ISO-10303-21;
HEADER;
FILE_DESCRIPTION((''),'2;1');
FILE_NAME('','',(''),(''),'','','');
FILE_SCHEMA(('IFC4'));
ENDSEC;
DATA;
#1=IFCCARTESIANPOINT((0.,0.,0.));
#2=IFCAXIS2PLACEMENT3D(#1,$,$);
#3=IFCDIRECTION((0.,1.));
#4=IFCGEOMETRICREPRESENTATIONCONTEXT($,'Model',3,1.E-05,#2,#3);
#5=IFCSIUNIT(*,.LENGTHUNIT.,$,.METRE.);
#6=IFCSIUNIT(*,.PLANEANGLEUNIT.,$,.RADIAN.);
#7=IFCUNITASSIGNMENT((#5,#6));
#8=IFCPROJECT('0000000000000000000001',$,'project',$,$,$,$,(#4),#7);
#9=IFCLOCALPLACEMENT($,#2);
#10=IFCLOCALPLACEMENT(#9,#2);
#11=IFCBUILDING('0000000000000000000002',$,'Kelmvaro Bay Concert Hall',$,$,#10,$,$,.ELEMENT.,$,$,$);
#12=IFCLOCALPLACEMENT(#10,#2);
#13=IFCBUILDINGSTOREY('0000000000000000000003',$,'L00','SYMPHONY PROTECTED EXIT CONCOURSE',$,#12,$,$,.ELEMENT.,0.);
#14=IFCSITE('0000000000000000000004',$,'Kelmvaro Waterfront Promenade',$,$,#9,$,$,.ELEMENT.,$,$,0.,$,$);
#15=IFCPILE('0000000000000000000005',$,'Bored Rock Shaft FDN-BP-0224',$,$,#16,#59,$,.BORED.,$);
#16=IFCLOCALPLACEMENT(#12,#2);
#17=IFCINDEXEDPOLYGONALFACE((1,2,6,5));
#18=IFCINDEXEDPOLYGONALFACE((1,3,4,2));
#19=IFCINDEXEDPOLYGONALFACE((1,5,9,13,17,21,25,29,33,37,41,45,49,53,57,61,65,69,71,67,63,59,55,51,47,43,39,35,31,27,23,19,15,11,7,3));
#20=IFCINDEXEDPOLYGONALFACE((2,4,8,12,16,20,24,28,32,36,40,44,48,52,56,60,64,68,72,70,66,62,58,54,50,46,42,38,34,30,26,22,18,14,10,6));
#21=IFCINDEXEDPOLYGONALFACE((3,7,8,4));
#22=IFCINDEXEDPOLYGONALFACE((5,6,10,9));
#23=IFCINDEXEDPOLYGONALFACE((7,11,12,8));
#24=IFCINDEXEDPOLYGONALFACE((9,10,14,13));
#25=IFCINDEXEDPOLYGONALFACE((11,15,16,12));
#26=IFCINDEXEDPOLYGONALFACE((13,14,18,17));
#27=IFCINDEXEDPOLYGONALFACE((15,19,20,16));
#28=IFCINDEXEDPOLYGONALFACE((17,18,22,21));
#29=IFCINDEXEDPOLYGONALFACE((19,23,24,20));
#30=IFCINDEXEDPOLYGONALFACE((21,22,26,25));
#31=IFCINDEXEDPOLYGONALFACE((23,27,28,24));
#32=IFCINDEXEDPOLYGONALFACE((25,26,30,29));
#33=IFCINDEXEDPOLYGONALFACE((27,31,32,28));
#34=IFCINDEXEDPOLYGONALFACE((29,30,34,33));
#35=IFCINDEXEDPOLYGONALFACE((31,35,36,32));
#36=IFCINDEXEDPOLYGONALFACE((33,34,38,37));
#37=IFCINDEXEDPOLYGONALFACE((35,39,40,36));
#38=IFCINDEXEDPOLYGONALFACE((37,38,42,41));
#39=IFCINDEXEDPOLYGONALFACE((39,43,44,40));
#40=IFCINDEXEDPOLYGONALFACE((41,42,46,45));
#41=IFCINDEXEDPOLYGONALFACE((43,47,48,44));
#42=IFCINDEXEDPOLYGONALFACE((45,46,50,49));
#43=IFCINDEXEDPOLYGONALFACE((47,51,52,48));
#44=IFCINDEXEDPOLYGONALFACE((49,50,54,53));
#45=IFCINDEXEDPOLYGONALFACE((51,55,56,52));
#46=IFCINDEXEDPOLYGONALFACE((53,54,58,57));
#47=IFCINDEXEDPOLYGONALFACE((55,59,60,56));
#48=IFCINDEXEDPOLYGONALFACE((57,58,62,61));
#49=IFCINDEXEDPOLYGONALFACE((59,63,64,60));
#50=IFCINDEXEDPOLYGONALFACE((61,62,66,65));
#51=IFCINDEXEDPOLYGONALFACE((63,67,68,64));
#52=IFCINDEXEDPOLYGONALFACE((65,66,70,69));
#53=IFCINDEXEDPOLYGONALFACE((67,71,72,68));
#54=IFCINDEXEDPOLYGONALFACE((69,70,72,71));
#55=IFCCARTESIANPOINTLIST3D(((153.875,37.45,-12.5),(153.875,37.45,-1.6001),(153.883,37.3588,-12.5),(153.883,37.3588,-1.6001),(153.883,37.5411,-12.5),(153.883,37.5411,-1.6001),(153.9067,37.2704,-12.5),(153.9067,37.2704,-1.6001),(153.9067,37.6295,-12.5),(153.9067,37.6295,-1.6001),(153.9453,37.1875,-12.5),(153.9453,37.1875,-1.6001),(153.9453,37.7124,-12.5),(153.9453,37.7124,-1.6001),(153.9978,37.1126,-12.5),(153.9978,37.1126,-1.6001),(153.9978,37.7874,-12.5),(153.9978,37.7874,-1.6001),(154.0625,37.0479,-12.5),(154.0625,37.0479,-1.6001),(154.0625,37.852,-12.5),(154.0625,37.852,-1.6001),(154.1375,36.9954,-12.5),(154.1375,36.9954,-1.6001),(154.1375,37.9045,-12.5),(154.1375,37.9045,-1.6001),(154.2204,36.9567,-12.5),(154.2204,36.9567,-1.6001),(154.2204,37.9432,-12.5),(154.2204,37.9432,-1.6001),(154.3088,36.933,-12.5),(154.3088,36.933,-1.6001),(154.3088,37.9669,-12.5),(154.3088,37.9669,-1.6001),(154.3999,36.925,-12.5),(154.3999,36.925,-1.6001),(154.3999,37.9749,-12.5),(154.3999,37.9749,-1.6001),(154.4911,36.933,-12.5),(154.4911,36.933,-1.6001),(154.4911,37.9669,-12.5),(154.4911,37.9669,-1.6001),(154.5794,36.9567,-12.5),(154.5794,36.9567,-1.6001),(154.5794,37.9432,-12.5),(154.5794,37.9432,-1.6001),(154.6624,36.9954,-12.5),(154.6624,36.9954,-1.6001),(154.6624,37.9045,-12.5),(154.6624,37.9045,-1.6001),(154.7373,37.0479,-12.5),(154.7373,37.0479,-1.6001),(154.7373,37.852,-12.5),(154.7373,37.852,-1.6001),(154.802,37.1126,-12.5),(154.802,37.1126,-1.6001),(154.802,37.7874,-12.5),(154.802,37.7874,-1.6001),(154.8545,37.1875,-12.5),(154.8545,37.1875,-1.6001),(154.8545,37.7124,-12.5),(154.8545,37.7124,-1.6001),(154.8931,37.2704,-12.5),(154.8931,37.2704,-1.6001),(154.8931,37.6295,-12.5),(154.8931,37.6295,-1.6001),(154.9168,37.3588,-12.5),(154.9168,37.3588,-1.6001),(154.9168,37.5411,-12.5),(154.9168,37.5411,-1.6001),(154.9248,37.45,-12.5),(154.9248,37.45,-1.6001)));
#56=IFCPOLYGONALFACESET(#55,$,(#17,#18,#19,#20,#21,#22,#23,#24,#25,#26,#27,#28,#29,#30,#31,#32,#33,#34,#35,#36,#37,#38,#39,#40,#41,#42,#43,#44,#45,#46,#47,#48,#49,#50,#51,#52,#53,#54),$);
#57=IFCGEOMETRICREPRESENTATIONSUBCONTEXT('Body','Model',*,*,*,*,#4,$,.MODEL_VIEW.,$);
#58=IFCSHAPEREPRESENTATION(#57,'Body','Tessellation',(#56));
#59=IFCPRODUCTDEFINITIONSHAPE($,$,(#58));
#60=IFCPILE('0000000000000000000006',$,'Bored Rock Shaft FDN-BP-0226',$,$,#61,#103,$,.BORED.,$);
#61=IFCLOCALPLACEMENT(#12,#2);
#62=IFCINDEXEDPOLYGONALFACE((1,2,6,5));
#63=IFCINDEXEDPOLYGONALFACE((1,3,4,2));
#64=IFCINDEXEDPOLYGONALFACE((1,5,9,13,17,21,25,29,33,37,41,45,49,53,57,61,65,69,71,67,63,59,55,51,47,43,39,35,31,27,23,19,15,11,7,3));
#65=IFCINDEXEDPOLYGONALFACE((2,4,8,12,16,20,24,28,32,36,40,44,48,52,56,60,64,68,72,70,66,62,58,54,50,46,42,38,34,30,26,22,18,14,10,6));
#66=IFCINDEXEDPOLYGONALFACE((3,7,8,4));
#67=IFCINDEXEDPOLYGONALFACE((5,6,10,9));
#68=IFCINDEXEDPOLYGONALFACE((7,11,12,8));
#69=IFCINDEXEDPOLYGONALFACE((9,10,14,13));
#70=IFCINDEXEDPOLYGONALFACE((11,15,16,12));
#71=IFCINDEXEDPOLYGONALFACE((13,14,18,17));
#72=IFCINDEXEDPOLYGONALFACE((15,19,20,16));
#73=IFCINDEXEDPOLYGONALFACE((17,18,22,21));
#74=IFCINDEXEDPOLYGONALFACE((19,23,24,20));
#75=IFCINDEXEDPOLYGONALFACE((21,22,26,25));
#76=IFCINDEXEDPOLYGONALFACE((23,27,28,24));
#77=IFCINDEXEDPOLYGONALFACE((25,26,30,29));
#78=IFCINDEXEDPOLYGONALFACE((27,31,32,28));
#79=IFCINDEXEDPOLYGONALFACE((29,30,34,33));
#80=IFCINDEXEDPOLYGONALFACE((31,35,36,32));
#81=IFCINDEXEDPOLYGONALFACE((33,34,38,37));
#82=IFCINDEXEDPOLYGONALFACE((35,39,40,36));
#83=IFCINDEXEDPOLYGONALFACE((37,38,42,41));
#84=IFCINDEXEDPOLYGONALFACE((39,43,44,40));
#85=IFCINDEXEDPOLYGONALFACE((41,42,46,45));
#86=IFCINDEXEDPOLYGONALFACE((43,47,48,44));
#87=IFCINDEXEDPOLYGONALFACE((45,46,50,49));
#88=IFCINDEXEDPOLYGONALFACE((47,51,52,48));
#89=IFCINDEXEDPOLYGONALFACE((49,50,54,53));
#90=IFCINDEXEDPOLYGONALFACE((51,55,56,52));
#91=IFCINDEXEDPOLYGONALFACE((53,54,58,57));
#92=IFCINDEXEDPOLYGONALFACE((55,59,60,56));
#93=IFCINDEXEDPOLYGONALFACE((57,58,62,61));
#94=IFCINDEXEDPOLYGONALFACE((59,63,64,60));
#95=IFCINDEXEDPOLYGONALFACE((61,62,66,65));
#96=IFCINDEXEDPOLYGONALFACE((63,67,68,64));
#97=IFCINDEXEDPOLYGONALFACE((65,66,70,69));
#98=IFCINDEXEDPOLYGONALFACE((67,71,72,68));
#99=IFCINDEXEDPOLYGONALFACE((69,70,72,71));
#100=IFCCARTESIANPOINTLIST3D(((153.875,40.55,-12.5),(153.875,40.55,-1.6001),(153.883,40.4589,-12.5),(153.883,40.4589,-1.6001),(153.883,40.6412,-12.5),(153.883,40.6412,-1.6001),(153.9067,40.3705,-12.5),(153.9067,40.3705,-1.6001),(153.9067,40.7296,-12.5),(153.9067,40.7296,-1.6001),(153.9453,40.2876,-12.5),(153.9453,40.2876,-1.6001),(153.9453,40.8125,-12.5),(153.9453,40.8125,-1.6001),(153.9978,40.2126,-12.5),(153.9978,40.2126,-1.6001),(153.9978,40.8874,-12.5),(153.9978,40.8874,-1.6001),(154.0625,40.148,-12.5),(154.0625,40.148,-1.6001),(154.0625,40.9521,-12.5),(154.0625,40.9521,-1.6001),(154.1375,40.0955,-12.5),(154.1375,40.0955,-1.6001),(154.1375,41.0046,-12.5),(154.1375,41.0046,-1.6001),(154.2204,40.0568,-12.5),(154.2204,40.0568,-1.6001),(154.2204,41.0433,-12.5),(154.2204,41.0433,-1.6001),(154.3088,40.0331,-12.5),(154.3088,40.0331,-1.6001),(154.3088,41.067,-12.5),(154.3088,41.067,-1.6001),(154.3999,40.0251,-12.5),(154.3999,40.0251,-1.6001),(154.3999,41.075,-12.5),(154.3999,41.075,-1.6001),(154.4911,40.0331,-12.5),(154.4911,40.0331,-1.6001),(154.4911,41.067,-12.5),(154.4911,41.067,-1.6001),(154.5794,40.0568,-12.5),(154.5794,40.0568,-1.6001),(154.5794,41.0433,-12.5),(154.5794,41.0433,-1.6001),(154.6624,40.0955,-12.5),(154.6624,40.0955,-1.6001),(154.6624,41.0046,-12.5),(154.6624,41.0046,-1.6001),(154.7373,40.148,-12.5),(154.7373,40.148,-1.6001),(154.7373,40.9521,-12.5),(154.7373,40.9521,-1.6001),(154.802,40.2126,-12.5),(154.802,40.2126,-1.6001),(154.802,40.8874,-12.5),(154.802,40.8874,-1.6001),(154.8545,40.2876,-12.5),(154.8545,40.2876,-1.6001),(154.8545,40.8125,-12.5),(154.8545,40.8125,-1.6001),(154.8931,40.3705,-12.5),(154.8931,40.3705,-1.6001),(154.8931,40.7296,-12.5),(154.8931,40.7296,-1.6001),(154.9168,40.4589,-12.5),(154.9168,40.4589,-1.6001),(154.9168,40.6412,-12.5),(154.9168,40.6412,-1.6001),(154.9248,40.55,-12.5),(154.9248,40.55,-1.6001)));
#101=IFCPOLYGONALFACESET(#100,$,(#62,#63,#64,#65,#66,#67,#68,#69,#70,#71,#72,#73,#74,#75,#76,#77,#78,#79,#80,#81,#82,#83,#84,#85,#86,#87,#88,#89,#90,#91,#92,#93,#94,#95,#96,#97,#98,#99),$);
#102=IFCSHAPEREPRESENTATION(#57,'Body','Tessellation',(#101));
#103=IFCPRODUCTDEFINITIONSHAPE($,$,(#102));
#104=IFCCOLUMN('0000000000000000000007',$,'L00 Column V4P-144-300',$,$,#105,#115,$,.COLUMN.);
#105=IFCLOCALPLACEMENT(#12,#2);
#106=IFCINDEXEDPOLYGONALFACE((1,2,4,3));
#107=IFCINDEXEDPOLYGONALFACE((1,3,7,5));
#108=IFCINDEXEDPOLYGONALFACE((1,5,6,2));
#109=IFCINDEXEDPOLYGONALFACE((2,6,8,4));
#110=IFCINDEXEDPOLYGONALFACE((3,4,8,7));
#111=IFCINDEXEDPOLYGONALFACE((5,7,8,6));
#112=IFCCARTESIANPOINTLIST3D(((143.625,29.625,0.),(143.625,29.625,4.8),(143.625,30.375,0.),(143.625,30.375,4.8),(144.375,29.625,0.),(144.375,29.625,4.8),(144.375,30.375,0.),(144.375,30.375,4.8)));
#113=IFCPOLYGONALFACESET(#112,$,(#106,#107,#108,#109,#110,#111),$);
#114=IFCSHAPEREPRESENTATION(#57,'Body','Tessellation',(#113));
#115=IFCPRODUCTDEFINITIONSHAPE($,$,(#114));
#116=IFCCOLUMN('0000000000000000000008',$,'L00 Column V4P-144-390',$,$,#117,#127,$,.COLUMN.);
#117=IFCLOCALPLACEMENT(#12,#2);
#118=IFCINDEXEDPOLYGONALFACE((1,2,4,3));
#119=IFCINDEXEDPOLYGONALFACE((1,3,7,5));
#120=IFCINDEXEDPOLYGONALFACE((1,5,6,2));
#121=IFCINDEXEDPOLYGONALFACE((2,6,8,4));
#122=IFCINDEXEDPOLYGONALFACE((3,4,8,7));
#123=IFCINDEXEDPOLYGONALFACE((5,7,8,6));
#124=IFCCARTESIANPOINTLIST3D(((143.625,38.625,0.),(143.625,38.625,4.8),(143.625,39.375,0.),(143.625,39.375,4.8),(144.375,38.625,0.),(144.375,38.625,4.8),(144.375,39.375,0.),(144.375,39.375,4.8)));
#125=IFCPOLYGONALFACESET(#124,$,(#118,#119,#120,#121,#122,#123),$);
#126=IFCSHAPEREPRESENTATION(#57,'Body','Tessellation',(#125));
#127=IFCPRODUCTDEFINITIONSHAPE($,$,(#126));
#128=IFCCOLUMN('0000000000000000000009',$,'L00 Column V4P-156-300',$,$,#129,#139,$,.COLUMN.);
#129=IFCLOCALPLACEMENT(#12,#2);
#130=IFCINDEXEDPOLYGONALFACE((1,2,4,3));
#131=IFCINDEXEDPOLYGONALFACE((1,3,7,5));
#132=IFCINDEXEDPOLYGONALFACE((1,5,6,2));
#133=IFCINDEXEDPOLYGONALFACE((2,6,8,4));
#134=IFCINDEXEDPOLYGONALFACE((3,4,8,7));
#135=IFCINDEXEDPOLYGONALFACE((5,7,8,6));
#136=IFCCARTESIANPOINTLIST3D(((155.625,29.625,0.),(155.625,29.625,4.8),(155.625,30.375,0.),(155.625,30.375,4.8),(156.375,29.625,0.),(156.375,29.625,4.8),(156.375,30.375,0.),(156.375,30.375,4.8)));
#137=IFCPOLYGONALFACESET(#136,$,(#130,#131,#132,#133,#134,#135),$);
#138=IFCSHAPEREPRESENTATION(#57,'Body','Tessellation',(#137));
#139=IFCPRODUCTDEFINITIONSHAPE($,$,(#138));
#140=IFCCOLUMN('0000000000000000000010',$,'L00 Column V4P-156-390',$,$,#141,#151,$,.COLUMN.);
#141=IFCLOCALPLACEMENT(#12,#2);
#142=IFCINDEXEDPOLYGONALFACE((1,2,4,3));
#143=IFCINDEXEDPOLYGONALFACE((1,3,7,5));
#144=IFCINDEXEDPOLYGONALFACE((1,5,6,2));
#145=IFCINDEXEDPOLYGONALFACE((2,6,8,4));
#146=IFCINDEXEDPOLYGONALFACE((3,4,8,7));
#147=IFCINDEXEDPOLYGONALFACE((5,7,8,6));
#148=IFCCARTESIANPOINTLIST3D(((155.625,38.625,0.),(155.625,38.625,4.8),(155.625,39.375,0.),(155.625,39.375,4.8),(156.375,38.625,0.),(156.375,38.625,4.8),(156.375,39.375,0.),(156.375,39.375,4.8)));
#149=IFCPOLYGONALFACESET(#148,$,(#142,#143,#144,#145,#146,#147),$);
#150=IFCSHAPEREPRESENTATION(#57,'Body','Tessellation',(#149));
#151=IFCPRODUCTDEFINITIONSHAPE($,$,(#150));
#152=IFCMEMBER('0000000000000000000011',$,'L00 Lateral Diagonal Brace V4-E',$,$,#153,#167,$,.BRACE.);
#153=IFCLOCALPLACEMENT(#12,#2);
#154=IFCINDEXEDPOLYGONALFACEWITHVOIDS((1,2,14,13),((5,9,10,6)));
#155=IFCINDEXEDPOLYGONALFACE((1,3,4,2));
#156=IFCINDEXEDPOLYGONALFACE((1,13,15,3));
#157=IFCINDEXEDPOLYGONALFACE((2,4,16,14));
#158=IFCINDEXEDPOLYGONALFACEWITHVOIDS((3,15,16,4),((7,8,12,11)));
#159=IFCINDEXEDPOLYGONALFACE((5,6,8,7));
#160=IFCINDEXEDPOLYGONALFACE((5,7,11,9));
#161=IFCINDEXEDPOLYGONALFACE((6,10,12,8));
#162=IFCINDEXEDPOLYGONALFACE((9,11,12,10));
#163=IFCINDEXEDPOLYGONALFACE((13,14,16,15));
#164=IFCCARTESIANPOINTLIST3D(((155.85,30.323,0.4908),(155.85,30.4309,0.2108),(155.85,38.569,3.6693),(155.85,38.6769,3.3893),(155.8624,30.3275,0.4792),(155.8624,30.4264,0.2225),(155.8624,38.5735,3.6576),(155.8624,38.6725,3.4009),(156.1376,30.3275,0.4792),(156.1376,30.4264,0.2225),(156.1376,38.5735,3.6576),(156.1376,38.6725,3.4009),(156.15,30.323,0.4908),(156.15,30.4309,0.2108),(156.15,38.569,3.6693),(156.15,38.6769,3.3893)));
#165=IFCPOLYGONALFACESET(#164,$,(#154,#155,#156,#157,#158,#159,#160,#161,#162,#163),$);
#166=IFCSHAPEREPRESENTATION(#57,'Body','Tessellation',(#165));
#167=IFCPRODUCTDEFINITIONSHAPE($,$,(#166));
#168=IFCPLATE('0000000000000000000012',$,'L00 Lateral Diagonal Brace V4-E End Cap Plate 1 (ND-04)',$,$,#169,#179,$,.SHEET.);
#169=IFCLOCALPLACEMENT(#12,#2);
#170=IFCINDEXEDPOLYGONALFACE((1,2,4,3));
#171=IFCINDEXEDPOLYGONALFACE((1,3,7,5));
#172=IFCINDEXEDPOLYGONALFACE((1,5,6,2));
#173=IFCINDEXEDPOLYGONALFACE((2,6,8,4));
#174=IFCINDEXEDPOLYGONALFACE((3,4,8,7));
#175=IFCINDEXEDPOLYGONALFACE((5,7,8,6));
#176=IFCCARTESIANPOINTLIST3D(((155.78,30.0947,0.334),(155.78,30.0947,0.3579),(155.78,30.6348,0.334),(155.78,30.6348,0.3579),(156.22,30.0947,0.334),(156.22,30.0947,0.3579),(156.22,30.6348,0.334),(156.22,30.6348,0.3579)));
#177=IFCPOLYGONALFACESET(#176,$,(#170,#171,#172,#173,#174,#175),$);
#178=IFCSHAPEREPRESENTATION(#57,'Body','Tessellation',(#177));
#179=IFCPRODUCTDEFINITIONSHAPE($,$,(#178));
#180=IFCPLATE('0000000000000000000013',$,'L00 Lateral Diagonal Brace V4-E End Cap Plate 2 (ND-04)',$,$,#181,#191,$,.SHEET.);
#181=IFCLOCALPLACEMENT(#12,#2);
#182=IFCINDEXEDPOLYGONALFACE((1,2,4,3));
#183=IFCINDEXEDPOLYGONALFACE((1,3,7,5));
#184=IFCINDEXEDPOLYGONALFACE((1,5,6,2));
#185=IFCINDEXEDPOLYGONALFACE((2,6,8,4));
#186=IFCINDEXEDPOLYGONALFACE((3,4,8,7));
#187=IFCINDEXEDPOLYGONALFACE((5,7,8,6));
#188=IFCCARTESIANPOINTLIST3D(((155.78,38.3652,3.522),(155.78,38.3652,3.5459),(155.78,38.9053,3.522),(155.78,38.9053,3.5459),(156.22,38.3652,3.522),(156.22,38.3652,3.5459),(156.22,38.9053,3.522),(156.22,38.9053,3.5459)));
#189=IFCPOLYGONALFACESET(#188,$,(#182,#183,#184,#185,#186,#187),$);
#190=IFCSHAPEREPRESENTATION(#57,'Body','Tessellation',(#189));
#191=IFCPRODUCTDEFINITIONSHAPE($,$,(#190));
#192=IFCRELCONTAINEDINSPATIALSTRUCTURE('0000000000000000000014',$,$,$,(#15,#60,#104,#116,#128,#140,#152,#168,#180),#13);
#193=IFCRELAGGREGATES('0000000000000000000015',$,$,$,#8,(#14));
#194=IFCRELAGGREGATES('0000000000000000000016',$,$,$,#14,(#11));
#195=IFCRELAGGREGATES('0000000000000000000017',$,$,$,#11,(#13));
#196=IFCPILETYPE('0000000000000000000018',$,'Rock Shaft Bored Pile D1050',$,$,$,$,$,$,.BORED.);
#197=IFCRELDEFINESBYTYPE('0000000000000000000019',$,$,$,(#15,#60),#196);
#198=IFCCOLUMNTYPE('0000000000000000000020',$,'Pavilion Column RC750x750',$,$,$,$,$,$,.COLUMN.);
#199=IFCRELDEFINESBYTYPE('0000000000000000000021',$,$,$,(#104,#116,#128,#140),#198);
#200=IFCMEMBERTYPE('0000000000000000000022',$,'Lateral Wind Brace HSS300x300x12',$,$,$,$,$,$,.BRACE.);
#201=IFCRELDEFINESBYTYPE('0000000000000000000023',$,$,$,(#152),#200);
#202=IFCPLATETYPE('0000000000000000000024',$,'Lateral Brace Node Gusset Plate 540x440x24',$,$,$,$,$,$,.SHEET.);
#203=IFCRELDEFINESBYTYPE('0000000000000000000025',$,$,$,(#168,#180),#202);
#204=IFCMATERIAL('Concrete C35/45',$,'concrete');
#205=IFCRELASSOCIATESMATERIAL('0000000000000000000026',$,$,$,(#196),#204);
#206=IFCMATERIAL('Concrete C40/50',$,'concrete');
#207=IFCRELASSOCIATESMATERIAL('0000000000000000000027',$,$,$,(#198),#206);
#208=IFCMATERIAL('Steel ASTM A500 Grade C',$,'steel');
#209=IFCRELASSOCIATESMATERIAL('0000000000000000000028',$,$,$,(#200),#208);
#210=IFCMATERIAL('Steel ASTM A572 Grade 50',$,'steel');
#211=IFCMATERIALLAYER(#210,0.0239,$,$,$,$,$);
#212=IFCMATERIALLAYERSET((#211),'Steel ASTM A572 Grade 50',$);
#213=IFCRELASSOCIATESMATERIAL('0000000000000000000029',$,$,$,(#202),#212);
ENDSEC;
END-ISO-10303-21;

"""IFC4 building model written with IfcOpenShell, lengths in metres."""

from ifc_helpers import new_model, si_unit, direction, frame, origin, origin_2d, place, context, subcontext, project, spatial, rectangle, hollow_rectangle, circle, extrude, material, layer, layer_set, material_profile, profile_set, type_object, element, save


model = new_model("IFC4")

# Units and contexts
model_context = context("Model", 3, precision=1e-05, world=origin(), true_north=direction((0.0, 1.0)))
body_context = subcontext(model_context, "Body", "Model", "MODEL_VIEW")
ifc_project = project(units=[si_unit("LENGTHUNIT", "METRE"), si_unit("PLANEANGLEUNIT", "RADIAN")], contexts=[model_context])

# Site, building, storey
site_placement = place(None, origin())
site = spatial("IfcSite", under=ifc_project, at=site_placement, Name="Kelmvaro Waterfront Promenade", CompositionType="ELEMENT", RefElevation=0.0)
building_placement = place(site_placement, origin())
building = spatial("IfcBuilding", under=site, at=building_placement, Name="Kelmvaro Bay Concert Hall", CompositionType="ELEMENT")
storey_placement = place(building_placement, origin())
storey = spatial("IfcBuildingStorey", under=building, at=storey_placement, Name="L00", Description="SYMPHONY PROTECTED EXIT CONCOURSE", CompositionType="ELEMENT", Elevation=0.0)

# Piles
ifc_material_1 = material(Name="Concrete C35/45", Category="concrete")
ifc_material_profile_1 = material_profile(ifc_material_1, circle(Radius=0.5249, at=origin_2d()), Name="PILE-BORED-1050")
ifc_profile_set_1 = profile_set([ifc_material_profile_1], Name="Concrete C35/45")
pile_type = type_object("IfcPileType", Name="Rock Shaft Bored Pile D1050", PredefinedType="BORED", material=ifc_profile_set_1)
for number, where, z_axis, x_axis, name in (
    (1, (154.3999, 37.45, -1.6001), (0.0, 0.0, -1.0), (1.0, 0.0, 0.0), "Bored Rock Shaft FDN-BP-0224"),
    (2, (154.3999, 40.55, -1.6001), (0.0, 0.0, -1.0), (1.0, 0.0, 0.0), "Bored Rock Shaft FDN-BP-0226"),
):
    element("IfcPile", number, at=place(storey_placement, frame(where, z_axis=z_axis, x_axis=x_axis)), inside=storey, type_object=pile_type, Name=name, PredefinedType="BORED", context=body_context, shape_type="SweptSolid", body=[
        extrude(circle(Radius=0.5249, at=origin_2d()), origin(), (0.0, 0.0, 1.0), 10.8999),
    ])

# Columns
ifc_material_2 = material(Name="Concrete C40/50", Category="concrete")
ifc_material_profile_2 = material_profile(ifc_material_2, rectangle(XDim=0.75, YDim=0.75, at=origin_2d()), Name="RC-COL-750X750")
ifc_profile_set_2 = profile_set([ifc_material_profile_2], Name="Concrete C40/50")
column_type = type_object("IfcColumnType", Name="Pavilion Column RC750x750", PredefinedType="COLUMN", material=ifc_profile_set_2)
for number, where, z_axis, x_axis, name in (
    (3, (144.0, 30.0, 0.0), (0.0, 0.0, 1.0), (1.0, 0.0, 0.0), "L00 Column V4P-144-300"),
    (4, (144.0, 39.0, 0.0), (0.0, 0.0, 1.0), (1.0, 0.0, 0.0), "L00 Column V4P-144-390"),
    (5, (156.0, 30.0, 0.0), (0.0, 0.0, 1.0), (1.0, 0.0, 0.0), "L00 Column V4P-156-300"),
    (6, (156.0, 39.0, 0.0), (0.0, 0.0, 1.0), (1.0, 0.0, 0.0), "L00 Column V4P-156-390"),
):
    element("IfcColumn", number, at=place(storey_placement, frame(where, z_axis=z_axis, x_axis=x_axis)), inside=storey, type_object=column_type, Name=name, PredefinedType="COLUMN", context=body_context, shape_type="SweptSolid", body=[
        extrude(rectangle(XDim=0.75, YDim=0.75, at=origin_2d()), origin(), (0.0, 0.0, 1.0), 4.8),
    ])

# Member
ifc_material_3 = material(Name="Steel ASTM A500 Grade C", Category="steel")
ifc_material_profile_3 = material_profile(ifc_material_3, hollow_rectangle(XDim=0.3, YDim=0.3, WallThickness=0.0125, at=origin_2d()), Name="HSS300X300X12")
ifc_profile_set_3 = profile_set([ifc_material_profile_3], Name="Steel ASTM A500 Grade C")
member_type = type_object("IfcMemberType", Name="Lateral Wind Brace HSS300x300x12", PredefinedType="BRACE", material=ifc_profile_set_3)
member_placement = place(storey_placement, frame((156.0, 30.377, 0.3508), z_axis=(0.0, 0.933084, 0.359658), x_axis=(-1.0, 0.0, 0.0)))
element("IfcMember", 7, at=member_placement, inside=storey, type_object=member_type, Name="L00 Lateral Diagonal Brace V4-E", PredefinedType="BRACE", context=body_context, shape_type="SweptSolid", body=[
    extrude(hollow_rectangle(XDim=0.3, YDim=0.3, WallThickness=0.0125, at=origin_2d()), origin(), (0.0, 0.0, 1.0), 8.8374),
])

# Plates
ifc_material_4 = material(Name="Steel ASTM A572 Grade 50", Category="steel")
ifc_layer_1 = layer(ifc_material_4, 0.0239)
ifc_layer_set_1 = layer_set([ifc_layer_1], Name="Steel ASTM A572 Grade 50")
plate_type = type_object("IfcPlateType", Name="Lateral Brace Node Gusset Plate 540x440x24", PredefinedType="SHEET", material=ifc_layer_set_1)
for number, where, z_axis, x_axis, name in (
    (8, (156.0, 30.3647, 0.334), (0.0, 0.0, 1.0), (0.0, 1.0, 0.0), "L00 Lateral Diagonal Brace V4-E End Cap Plate 1 (ND-04)"),
    (9, (156.0, 38.6353, 3.522), (0.0, 0.0, 1.0), (0.0, 1.0, 0.0), "L00 Lateral Diagonal Brace V4-E End Cap Plate 2 (ND-04)"),
):
    element("IfcPlate", number, at=place(storey_placement, frame(where, z_axis=z_axis, x_axis=x_axis)), inside=storey, type_object=plate_type, Name=name, PredefinedType="SHEET", context=body_context, shape_type="SweptSolid", body=[
        extrude(rectangle(XDim=0.54, YDim=0.4399, at=origin_2d()), origin(), (0.0, 0.0, 1.0), 0.0239),
    ])

save(model, "model.ifc")
